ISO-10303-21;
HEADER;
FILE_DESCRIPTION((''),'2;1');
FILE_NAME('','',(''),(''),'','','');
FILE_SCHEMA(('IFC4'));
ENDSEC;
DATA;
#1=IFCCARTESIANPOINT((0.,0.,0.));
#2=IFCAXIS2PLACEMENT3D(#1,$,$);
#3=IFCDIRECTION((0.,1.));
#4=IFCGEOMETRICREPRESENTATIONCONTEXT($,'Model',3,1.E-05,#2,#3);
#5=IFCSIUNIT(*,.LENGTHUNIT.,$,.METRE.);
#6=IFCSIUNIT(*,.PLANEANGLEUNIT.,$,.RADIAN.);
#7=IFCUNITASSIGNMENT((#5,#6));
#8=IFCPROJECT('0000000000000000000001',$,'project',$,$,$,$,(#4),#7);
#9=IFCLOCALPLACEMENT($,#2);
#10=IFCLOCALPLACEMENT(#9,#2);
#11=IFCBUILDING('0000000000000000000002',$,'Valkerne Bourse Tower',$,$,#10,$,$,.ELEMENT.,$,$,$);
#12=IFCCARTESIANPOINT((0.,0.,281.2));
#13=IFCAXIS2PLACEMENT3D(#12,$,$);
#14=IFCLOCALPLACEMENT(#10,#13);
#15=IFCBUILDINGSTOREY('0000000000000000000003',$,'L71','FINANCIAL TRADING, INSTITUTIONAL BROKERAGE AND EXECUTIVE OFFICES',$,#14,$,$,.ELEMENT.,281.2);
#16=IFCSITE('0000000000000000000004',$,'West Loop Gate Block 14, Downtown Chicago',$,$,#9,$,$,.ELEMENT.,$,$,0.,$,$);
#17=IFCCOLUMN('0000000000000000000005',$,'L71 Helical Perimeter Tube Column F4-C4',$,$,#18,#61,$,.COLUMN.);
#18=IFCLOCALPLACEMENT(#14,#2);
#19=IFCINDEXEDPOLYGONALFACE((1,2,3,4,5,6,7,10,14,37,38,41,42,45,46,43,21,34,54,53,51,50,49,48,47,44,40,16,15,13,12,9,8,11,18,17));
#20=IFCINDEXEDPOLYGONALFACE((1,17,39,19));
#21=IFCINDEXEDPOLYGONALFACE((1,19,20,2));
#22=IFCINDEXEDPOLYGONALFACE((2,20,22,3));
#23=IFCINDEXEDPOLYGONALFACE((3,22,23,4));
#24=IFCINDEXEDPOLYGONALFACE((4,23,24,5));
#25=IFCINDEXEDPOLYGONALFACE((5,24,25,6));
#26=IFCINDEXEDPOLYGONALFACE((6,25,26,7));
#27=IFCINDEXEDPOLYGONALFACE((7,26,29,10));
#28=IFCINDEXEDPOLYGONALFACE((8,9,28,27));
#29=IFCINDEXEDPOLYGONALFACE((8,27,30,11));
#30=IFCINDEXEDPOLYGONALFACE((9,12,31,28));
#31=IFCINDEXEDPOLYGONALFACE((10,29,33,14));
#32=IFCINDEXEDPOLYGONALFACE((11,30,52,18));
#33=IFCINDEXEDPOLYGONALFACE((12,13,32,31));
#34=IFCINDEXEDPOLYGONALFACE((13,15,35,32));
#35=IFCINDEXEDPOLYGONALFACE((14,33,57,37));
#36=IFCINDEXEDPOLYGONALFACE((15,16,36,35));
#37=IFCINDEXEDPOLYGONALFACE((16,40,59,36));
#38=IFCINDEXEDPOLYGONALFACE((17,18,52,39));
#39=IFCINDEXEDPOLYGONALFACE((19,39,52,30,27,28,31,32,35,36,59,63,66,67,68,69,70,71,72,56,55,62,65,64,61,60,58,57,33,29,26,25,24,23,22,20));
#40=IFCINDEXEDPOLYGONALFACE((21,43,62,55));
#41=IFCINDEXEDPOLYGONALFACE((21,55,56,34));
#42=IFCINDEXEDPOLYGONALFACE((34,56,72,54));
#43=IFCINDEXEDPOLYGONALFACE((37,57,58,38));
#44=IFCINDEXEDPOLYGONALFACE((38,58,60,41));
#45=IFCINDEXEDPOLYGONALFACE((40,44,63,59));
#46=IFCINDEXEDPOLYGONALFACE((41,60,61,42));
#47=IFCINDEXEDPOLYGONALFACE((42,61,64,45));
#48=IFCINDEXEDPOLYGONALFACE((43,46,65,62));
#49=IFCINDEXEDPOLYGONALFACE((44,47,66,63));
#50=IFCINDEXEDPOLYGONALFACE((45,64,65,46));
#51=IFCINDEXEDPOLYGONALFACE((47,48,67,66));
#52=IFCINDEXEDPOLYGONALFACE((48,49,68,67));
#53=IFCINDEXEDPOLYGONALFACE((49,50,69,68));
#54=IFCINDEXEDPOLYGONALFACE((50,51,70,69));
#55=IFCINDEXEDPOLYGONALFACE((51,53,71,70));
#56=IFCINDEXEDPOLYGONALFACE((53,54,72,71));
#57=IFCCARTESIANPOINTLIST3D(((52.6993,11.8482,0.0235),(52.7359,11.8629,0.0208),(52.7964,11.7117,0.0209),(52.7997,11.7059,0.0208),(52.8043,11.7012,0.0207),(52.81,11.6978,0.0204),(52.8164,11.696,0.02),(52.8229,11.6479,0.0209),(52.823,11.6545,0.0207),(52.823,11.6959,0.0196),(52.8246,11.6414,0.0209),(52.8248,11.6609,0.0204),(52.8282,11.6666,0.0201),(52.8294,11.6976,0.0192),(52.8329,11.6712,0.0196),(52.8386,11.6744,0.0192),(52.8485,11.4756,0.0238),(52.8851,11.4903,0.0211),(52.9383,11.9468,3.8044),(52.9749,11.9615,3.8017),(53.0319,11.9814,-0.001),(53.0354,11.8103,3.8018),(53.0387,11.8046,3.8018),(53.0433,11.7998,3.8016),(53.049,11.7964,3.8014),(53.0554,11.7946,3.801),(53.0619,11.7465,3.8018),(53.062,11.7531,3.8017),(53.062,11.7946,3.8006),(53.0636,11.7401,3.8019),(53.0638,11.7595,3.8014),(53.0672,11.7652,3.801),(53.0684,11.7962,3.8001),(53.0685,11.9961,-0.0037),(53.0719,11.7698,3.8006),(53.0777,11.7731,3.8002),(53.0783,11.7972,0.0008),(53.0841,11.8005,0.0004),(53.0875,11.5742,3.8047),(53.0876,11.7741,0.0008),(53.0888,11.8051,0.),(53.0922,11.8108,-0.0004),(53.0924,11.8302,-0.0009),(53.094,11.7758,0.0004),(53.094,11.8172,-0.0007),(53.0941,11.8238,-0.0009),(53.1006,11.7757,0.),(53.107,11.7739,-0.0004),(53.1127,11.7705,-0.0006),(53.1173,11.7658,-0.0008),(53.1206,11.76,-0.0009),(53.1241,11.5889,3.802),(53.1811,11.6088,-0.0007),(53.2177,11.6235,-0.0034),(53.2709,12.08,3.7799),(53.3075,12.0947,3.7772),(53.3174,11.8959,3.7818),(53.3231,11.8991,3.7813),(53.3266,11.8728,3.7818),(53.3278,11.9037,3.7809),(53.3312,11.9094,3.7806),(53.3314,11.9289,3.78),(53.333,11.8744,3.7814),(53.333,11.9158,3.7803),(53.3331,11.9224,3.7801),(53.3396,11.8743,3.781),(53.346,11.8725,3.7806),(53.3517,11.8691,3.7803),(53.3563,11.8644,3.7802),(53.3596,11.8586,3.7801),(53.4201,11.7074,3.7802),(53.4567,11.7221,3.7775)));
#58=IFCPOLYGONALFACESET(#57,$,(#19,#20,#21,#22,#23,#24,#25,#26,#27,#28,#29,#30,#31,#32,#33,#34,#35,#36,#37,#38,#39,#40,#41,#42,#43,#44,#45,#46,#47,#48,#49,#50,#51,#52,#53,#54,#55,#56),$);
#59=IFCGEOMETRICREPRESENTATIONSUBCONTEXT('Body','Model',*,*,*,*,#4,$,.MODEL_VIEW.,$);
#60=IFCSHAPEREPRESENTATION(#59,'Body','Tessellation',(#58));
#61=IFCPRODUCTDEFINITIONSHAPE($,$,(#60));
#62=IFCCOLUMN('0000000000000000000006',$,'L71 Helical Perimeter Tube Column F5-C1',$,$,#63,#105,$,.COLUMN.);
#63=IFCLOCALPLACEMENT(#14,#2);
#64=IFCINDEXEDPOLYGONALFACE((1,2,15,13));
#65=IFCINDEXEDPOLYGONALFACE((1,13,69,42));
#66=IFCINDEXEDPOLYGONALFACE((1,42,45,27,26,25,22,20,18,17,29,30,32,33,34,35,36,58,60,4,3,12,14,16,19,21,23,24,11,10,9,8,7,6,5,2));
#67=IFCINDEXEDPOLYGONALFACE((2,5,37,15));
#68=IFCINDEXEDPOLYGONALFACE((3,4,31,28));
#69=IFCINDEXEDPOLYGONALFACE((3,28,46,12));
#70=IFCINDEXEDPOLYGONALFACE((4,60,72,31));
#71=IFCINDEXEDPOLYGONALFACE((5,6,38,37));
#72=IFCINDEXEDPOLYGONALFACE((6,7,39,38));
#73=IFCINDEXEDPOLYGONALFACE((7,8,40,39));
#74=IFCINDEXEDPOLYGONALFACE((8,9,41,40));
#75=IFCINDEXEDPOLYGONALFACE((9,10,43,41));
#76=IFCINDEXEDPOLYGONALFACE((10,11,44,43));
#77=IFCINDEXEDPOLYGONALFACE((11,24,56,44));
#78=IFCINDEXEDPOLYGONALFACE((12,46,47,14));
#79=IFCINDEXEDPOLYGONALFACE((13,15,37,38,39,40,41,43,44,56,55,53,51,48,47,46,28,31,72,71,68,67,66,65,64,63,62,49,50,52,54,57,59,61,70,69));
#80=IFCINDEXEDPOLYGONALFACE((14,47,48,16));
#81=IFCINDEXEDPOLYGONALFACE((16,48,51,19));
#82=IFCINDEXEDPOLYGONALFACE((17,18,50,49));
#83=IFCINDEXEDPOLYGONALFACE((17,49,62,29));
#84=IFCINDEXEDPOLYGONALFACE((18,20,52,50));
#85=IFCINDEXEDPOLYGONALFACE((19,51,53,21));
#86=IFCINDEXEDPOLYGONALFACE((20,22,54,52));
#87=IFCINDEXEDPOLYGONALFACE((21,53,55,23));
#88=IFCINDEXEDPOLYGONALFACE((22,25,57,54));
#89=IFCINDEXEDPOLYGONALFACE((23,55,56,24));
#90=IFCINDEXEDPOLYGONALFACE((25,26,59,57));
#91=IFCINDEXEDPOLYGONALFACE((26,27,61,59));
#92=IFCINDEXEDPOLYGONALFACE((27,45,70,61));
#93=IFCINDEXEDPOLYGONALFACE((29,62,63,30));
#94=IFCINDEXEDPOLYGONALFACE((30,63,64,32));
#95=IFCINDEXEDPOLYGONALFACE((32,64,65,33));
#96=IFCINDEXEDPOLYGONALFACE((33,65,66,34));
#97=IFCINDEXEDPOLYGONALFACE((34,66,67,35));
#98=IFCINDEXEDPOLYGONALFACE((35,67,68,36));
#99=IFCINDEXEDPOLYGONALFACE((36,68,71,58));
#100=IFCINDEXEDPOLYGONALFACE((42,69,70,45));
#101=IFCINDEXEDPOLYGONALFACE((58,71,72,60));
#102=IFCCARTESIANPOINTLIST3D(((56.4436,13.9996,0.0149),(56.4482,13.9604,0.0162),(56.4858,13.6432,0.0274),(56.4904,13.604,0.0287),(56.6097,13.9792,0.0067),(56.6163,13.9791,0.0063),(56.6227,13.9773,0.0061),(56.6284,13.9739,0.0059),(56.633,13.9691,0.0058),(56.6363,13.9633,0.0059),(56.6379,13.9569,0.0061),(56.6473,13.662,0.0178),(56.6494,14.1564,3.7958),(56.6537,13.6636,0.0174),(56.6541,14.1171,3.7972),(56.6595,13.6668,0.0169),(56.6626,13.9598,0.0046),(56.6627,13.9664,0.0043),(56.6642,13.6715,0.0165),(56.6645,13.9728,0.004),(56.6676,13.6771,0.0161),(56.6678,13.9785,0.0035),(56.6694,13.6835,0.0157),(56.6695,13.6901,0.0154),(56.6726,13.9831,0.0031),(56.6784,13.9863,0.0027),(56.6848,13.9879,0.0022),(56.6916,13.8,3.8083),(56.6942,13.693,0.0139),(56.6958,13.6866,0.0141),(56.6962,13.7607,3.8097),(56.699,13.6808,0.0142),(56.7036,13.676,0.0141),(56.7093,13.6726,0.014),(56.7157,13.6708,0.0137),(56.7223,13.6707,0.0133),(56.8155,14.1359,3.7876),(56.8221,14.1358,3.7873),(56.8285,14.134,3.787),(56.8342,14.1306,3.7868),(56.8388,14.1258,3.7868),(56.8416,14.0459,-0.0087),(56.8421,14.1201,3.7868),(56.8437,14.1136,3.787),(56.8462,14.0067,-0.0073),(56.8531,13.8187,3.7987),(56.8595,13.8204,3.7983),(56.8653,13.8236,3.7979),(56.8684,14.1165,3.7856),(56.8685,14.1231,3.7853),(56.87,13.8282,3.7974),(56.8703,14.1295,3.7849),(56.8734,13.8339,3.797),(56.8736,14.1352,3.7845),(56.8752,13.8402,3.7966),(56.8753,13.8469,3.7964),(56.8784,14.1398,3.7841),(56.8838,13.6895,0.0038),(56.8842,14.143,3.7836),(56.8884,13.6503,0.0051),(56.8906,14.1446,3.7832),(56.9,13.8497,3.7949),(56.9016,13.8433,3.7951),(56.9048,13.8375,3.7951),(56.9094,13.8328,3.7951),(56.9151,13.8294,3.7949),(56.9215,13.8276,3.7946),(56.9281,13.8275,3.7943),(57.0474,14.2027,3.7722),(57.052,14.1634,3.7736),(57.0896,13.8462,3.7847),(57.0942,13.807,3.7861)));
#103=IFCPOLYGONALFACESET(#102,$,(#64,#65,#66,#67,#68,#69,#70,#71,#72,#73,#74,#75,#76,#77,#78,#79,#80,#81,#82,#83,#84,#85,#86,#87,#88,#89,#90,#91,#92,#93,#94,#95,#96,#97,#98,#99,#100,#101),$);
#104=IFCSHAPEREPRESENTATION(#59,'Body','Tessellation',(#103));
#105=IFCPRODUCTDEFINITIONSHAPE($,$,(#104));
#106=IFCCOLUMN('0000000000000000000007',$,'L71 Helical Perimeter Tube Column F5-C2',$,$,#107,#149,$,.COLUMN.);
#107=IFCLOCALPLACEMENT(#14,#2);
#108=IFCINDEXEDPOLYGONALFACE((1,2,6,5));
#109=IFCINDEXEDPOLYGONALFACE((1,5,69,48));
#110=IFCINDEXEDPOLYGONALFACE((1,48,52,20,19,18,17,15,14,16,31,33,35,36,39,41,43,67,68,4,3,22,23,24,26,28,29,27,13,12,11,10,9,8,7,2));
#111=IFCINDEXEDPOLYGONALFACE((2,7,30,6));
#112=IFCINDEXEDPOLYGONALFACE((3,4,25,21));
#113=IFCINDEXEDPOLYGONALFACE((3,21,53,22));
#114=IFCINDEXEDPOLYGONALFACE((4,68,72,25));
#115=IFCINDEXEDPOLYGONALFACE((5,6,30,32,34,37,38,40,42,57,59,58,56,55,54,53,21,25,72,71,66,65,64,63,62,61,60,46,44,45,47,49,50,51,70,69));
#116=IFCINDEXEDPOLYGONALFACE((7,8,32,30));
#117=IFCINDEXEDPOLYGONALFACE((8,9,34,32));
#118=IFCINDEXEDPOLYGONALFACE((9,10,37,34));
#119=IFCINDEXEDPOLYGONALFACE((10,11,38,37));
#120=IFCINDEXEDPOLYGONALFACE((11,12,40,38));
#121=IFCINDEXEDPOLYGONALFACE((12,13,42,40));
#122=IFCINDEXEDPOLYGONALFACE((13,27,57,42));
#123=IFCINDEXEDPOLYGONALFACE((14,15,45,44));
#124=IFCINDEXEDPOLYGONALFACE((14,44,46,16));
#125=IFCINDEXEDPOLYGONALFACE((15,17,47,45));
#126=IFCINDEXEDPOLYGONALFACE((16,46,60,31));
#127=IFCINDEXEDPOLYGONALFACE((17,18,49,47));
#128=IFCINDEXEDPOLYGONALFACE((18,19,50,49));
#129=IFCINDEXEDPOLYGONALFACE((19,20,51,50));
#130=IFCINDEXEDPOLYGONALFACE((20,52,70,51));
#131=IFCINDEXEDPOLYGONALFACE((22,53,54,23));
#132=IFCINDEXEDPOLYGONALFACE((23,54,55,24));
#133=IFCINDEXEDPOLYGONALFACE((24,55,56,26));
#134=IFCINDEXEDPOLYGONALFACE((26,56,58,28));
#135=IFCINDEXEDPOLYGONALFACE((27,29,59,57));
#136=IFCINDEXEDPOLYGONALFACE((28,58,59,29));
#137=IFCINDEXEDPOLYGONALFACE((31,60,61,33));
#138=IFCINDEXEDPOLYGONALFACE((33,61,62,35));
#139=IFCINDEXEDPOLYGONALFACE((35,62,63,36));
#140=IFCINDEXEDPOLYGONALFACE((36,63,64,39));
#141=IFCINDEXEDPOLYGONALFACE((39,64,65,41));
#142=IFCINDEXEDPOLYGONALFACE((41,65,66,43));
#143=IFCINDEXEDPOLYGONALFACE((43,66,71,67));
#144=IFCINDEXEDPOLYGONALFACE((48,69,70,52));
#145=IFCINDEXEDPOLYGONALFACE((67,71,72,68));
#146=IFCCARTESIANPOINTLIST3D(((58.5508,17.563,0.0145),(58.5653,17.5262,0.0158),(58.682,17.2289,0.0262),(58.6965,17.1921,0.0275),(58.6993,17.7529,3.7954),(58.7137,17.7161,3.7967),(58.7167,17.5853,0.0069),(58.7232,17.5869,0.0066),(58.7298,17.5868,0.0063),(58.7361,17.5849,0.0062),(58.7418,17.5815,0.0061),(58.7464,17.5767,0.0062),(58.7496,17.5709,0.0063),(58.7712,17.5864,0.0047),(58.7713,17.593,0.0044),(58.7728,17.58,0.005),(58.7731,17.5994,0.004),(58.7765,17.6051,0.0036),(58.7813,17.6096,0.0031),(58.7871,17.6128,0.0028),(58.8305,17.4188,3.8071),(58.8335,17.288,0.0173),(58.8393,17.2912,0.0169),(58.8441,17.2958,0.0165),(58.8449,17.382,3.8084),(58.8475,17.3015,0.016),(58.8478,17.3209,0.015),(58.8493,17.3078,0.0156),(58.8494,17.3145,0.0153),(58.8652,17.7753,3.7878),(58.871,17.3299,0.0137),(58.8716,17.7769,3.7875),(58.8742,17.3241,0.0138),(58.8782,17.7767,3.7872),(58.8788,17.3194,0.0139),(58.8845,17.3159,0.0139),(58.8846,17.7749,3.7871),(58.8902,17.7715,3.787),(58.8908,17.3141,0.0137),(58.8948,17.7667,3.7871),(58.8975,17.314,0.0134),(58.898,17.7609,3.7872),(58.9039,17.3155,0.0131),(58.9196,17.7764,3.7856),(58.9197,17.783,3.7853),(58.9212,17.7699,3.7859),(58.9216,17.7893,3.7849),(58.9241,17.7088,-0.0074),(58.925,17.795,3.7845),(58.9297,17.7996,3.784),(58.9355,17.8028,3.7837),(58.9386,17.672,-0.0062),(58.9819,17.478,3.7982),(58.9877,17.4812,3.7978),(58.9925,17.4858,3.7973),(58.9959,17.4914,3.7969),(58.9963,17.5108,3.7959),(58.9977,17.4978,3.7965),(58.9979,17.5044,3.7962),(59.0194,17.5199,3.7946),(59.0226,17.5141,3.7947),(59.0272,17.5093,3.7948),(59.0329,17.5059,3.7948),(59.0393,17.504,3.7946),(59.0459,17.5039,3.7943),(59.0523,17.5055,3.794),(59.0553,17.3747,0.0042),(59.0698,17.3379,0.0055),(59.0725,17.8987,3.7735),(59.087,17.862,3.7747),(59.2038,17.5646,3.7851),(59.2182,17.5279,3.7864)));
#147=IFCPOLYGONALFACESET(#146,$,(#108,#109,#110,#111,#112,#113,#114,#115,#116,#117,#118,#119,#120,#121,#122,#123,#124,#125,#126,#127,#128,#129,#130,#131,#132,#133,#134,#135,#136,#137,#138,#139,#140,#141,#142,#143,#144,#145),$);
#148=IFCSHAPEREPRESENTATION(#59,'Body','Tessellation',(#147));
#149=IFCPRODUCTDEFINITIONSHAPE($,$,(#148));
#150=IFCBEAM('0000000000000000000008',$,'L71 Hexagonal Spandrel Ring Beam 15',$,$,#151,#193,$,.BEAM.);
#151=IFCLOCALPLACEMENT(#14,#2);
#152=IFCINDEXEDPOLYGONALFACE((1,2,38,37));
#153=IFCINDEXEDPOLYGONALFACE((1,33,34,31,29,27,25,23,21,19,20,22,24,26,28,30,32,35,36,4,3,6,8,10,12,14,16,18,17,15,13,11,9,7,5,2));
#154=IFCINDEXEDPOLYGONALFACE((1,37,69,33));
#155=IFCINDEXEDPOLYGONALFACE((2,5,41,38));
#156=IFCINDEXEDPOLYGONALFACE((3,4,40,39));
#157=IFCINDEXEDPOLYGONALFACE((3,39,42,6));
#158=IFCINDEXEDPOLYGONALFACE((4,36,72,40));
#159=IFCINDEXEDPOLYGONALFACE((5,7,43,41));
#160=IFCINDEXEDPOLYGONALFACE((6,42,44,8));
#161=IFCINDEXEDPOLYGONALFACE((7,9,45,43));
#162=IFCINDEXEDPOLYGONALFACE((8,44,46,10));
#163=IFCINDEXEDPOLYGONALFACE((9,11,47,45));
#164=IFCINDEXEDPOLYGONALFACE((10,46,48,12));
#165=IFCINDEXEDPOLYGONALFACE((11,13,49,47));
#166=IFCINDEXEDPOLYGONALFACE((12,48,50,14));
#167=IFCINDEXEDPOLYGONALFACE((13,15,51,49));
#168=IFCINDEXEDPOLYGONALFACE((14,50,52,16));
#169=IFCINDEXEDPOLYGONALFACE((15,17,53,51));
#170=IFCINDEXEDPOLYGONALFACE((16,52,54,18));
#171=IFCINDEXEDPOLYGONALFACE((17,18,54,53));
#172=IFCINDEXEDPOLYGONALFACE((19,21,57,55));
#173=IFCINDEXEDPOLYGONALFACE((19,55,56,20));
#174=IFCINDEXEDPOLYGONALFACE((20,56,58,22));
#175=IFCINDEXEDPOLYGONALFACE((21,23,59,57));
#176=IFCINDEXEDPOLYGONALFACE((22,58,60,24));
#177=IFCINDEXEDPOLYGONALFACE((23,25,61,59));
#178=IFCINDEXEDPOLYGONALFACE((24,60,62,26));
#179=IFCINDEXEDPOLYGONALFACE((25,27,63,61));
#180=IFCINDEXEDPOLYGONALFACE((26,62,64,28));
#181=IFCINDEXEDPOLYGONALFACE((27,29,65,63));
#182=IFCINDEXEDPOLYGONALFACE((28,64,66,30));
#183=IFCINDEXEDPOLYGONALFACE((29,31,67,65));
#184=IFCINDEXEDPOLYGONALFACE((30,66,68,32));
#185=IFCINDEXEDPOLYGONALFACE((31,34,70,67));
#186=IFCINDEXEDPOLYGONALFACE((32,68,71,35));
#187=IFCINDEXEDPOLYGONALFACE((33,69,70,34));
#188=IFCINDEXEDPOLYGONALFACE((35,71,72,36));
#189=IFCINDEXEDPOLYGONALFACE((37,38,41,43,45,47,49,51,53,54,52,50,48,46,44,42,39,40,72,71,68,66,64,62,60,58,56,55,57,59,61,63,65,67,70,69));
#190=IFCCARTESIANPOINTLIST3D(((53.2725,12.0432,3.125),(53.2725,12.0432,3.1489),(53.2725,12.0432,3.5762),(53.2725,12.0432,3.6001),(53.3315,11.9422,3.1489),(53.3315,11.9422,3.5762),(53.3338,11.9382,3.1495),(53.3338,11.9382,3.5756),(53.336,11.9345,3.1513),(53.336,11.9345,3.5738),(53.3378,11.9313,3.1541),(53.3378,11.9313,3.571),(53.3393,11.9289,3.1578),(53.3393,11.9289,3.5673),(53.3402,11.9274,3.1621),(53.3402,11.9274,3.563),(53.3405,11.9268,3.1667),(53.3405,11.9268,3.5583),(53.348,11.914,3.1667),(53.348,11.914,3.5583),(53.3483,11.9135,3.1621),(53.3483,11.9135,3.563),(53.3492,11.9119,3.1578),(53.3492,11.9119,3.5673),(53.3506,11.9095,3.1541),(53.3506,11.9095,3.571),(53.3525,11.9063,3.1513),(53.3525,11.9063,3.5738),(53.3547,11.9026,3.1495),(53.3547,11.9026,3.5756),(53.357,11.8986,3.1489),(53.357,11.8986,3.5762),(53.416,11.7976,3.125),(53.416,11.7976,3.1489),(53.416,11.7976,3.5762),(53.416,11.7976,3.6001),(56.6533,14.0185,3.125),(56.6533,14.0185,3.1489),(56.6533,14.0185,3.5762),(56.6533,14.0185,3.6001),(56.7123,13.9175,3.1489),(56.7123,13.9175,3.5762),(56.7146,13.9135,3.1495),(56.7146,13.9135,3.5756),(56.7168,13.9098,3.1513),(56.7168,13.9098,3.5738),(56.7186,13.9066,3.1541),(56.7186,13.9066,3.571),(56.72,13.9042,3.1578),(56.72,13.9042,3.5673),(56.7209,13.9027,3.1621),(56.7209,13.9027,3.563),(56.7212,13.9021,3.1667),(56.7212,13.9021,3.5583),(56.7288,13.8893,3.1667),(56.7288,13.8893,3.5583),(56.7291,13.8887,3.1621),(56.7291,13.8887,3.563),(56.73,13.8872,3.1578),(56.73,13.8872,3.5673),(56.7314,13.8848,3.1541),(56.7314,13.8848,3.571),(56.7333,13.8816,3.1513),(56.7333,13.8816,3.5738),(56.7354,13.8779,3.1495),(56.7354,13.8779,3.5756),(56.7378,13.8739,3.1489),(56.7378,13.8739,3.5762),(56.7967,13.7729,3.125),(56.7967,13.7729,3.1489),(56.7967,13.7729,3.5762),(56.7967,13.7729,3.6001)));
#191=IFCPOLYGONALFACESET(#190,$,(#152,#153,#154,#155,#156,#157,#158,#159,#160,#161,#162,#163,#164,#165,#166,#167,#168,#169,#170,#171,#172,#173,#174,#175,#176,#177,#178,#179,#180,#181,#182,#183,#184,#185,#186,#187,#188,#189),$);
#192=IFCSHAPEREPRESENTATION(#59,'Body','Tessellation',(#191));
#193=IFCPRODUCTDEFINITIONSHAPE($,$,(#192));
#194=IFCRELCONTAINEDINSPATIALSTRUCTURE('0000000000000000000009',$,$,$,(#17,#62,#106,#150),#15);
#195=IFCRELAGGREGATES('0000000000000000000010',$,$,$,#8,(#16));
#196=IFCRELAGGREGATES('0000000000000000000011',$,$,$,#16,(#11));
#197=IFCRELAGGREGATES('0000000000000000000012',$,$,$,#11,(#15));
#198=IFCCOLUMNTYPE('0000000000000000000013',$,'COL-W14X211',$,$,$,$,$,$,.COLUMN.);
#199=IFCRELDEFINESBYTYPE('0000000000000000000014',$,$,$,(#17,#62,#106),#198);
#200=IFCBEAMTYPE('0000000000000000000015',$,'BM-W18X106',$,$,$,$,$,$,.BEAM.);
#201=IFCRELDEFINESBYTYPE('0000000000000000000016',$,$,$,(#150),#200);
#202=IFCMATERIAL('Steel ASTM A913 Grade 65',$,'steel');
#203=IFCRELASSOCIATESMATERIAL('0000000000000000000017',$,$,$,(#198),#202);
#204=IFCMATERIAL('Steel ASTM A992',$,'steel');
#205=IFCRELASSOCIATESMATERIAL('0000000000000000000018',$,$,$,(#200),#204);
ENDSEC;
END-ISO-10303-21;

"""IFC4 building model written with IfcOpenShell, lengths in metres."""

from ifc_helpers import new_model, si_unit, direction, frame, origin, origin_2d, place, context, subcontext, project, spatial, i_section, extrude, material, material_profile, profile_set, type_object, element, save


model = new_model("IFC4")

# Units and contexts
model_context = context("Model", 3, precision=1e-05, world=origin(), true_north=direction((0.0, 1.0)))
body_context = subcontext(model_context, "Body", "Model", "MODEL_VIEW")
ifc_project = project(units=[si_unit("LENGTHUNIT", "METRE"), si_unit("PLANEANGLEUNIT", "RADIAN")], contexts=[model_context])

# Site, building, storey
site_placement = place(None, origin())
site = spatial("IfcSite", under=ifc_project, at=site_placement, Name="West Loop Gate Block 14, Downtown Chicago", CompositionType="ELEMENT", RefElevation=0.0)
building_placement = place(site_placement, origin())
building = spatial("IfcBuilding", under=site, at=building_placement, Name="Valkerne Bourse Tower", CompositionType="ELEMENT")
storey_placement = place(building_placement, frame((0.0, 0.0, 281.2)))
storey = spatial("IfcBuildingStorey", under=building, at=storey_placement, Name="L71", Description="FINANCIAL TRADING, INSTITUTIONAL BROKERAGE AND EXECUTIVE OFFICES", CompositionType="ELEMENT", Elevation=281.2)

# Columns
ifc_material_1 = material(Name="Steel ASTM A913 Grade 65", Category="steel")
ifc_material_profile_1 = material_profile(ifc_material_1, i_section(OverallWidth=0.4014, OverallDepth=0.3987, WebThickness=0.0249, FlangeThickness=0.0396, FilletRadius=0.0254, at=origin_2d()), Name="W14X211")
ifc_profile_set_1 = profile_set([ifc_material_profile_1], Name="Steel ASTM A913 Grade 65")
column_type = type_object("IfcColumnType", Name="COL-W14X211", PredefinedType="COLUMN", material=ifc_profile_set_1)
for number, where, z_axis, x_axis, name in (
    (1, (52.9585, 11.7358, 0.01), (0.063067, 0.026026, 0.99767), (-0.371784, 0.928319, -0.000714), "L71 Helical Perimeter Tube Column F4-C4"),
    (2, (56.666, 13.825, 0.01), (0.054306, 0.041357, 0.997668), (-0.99159, -0.11531, 0.058755), "L71 Helical Perimeter Tube Column F5-C1"),
):
    element("IfcColumn", number, at=place(storey_placement, frame(where, z_axis=z_axis, x_axis=x_axis)), inside=storey, type_object=column_type, Name=name, PredefinedType="COLUMN", context=body_context, shape_type="SweptSolid", body=[
        extrude(i_section(OverallWidth=0.4014, OverallDepth=0.3987, WebThickness=0.0249, FlangeThickness=0.0396, FilletRadius=0.0254, at=origin_2d()), origin(), (0.0, 0.0, 1.0), 3.7898),
    ])
column_placement = place(storey_placement, frame((58.8103, 17.4504, 0.01), z_axis=(0.039179, 0.050134, 0.997974), x_axis=(-0.930028, -0.363384, 0.054767)))
element("IfcColumn", 3, at=column_placement, inside=storey, type_object=column_type, Name="L71 Helical Perimeter Tube Column F5-C2", PredefinedType="COLUMN", context=body_context, shape_type="SweptSolid", body=[
    extrude(i_section(OverallWidth=0.4014, OverallDepth=0.3987, WebThickness=0.0249, FlangeThickness=0.0396, FilletRadius=0.0254, at=origin_2d()), origin(), (0.0, 0.0, 1.0), 3.7886),
])

# Beam
ifc_material_2 = material(Name="Steel ASTM A992", Category="steel")
ifc_material_profile_2 = material_profile(ifc_material_2, i_section(OverallWidth=0.2844, OverallDepth=0.4751, WebThickness=0.0149, FlangeThickness=0.0239, FilletRadius=0.0178, at=origin_2d()), Name="W18X106")
ifc_profile_set_2 = profile_set([ifc_material_profile_2], Name="Steel ASTM A992")
beam_type = type_object("IfcBeamType", Name="BM-W18X106", PredefinedType="BEAM", material=ifc_profile_set_2)
beam_1_placement = place(storey_placement, frame((53.3442, 11.9204, 3.3625), z_axis=(0.863426, 0.504476, 0.0), x_axis=(-0.504476, 0.863426, 0.0)))
element("IfcBeam", 4, at=beam_1_placement, inside=storey, type_object=beam_type, Name="L71 Hexagonal Spandrel Ring Beam 15", PredefinedType="BEAM", context=body_context, shape_type="SweptSolid", body=[
    extrude(i_section(OverallWidth=0.2844, OverallDepth=0.4751, WebThickness=0.0149, FlangeThickness=0.0239, FilletRadius=0.0178, at=origin_2d()), origin(), (0.0, 0.0, 1.0), 3.9155),
])

save(model, "model.ifc")
